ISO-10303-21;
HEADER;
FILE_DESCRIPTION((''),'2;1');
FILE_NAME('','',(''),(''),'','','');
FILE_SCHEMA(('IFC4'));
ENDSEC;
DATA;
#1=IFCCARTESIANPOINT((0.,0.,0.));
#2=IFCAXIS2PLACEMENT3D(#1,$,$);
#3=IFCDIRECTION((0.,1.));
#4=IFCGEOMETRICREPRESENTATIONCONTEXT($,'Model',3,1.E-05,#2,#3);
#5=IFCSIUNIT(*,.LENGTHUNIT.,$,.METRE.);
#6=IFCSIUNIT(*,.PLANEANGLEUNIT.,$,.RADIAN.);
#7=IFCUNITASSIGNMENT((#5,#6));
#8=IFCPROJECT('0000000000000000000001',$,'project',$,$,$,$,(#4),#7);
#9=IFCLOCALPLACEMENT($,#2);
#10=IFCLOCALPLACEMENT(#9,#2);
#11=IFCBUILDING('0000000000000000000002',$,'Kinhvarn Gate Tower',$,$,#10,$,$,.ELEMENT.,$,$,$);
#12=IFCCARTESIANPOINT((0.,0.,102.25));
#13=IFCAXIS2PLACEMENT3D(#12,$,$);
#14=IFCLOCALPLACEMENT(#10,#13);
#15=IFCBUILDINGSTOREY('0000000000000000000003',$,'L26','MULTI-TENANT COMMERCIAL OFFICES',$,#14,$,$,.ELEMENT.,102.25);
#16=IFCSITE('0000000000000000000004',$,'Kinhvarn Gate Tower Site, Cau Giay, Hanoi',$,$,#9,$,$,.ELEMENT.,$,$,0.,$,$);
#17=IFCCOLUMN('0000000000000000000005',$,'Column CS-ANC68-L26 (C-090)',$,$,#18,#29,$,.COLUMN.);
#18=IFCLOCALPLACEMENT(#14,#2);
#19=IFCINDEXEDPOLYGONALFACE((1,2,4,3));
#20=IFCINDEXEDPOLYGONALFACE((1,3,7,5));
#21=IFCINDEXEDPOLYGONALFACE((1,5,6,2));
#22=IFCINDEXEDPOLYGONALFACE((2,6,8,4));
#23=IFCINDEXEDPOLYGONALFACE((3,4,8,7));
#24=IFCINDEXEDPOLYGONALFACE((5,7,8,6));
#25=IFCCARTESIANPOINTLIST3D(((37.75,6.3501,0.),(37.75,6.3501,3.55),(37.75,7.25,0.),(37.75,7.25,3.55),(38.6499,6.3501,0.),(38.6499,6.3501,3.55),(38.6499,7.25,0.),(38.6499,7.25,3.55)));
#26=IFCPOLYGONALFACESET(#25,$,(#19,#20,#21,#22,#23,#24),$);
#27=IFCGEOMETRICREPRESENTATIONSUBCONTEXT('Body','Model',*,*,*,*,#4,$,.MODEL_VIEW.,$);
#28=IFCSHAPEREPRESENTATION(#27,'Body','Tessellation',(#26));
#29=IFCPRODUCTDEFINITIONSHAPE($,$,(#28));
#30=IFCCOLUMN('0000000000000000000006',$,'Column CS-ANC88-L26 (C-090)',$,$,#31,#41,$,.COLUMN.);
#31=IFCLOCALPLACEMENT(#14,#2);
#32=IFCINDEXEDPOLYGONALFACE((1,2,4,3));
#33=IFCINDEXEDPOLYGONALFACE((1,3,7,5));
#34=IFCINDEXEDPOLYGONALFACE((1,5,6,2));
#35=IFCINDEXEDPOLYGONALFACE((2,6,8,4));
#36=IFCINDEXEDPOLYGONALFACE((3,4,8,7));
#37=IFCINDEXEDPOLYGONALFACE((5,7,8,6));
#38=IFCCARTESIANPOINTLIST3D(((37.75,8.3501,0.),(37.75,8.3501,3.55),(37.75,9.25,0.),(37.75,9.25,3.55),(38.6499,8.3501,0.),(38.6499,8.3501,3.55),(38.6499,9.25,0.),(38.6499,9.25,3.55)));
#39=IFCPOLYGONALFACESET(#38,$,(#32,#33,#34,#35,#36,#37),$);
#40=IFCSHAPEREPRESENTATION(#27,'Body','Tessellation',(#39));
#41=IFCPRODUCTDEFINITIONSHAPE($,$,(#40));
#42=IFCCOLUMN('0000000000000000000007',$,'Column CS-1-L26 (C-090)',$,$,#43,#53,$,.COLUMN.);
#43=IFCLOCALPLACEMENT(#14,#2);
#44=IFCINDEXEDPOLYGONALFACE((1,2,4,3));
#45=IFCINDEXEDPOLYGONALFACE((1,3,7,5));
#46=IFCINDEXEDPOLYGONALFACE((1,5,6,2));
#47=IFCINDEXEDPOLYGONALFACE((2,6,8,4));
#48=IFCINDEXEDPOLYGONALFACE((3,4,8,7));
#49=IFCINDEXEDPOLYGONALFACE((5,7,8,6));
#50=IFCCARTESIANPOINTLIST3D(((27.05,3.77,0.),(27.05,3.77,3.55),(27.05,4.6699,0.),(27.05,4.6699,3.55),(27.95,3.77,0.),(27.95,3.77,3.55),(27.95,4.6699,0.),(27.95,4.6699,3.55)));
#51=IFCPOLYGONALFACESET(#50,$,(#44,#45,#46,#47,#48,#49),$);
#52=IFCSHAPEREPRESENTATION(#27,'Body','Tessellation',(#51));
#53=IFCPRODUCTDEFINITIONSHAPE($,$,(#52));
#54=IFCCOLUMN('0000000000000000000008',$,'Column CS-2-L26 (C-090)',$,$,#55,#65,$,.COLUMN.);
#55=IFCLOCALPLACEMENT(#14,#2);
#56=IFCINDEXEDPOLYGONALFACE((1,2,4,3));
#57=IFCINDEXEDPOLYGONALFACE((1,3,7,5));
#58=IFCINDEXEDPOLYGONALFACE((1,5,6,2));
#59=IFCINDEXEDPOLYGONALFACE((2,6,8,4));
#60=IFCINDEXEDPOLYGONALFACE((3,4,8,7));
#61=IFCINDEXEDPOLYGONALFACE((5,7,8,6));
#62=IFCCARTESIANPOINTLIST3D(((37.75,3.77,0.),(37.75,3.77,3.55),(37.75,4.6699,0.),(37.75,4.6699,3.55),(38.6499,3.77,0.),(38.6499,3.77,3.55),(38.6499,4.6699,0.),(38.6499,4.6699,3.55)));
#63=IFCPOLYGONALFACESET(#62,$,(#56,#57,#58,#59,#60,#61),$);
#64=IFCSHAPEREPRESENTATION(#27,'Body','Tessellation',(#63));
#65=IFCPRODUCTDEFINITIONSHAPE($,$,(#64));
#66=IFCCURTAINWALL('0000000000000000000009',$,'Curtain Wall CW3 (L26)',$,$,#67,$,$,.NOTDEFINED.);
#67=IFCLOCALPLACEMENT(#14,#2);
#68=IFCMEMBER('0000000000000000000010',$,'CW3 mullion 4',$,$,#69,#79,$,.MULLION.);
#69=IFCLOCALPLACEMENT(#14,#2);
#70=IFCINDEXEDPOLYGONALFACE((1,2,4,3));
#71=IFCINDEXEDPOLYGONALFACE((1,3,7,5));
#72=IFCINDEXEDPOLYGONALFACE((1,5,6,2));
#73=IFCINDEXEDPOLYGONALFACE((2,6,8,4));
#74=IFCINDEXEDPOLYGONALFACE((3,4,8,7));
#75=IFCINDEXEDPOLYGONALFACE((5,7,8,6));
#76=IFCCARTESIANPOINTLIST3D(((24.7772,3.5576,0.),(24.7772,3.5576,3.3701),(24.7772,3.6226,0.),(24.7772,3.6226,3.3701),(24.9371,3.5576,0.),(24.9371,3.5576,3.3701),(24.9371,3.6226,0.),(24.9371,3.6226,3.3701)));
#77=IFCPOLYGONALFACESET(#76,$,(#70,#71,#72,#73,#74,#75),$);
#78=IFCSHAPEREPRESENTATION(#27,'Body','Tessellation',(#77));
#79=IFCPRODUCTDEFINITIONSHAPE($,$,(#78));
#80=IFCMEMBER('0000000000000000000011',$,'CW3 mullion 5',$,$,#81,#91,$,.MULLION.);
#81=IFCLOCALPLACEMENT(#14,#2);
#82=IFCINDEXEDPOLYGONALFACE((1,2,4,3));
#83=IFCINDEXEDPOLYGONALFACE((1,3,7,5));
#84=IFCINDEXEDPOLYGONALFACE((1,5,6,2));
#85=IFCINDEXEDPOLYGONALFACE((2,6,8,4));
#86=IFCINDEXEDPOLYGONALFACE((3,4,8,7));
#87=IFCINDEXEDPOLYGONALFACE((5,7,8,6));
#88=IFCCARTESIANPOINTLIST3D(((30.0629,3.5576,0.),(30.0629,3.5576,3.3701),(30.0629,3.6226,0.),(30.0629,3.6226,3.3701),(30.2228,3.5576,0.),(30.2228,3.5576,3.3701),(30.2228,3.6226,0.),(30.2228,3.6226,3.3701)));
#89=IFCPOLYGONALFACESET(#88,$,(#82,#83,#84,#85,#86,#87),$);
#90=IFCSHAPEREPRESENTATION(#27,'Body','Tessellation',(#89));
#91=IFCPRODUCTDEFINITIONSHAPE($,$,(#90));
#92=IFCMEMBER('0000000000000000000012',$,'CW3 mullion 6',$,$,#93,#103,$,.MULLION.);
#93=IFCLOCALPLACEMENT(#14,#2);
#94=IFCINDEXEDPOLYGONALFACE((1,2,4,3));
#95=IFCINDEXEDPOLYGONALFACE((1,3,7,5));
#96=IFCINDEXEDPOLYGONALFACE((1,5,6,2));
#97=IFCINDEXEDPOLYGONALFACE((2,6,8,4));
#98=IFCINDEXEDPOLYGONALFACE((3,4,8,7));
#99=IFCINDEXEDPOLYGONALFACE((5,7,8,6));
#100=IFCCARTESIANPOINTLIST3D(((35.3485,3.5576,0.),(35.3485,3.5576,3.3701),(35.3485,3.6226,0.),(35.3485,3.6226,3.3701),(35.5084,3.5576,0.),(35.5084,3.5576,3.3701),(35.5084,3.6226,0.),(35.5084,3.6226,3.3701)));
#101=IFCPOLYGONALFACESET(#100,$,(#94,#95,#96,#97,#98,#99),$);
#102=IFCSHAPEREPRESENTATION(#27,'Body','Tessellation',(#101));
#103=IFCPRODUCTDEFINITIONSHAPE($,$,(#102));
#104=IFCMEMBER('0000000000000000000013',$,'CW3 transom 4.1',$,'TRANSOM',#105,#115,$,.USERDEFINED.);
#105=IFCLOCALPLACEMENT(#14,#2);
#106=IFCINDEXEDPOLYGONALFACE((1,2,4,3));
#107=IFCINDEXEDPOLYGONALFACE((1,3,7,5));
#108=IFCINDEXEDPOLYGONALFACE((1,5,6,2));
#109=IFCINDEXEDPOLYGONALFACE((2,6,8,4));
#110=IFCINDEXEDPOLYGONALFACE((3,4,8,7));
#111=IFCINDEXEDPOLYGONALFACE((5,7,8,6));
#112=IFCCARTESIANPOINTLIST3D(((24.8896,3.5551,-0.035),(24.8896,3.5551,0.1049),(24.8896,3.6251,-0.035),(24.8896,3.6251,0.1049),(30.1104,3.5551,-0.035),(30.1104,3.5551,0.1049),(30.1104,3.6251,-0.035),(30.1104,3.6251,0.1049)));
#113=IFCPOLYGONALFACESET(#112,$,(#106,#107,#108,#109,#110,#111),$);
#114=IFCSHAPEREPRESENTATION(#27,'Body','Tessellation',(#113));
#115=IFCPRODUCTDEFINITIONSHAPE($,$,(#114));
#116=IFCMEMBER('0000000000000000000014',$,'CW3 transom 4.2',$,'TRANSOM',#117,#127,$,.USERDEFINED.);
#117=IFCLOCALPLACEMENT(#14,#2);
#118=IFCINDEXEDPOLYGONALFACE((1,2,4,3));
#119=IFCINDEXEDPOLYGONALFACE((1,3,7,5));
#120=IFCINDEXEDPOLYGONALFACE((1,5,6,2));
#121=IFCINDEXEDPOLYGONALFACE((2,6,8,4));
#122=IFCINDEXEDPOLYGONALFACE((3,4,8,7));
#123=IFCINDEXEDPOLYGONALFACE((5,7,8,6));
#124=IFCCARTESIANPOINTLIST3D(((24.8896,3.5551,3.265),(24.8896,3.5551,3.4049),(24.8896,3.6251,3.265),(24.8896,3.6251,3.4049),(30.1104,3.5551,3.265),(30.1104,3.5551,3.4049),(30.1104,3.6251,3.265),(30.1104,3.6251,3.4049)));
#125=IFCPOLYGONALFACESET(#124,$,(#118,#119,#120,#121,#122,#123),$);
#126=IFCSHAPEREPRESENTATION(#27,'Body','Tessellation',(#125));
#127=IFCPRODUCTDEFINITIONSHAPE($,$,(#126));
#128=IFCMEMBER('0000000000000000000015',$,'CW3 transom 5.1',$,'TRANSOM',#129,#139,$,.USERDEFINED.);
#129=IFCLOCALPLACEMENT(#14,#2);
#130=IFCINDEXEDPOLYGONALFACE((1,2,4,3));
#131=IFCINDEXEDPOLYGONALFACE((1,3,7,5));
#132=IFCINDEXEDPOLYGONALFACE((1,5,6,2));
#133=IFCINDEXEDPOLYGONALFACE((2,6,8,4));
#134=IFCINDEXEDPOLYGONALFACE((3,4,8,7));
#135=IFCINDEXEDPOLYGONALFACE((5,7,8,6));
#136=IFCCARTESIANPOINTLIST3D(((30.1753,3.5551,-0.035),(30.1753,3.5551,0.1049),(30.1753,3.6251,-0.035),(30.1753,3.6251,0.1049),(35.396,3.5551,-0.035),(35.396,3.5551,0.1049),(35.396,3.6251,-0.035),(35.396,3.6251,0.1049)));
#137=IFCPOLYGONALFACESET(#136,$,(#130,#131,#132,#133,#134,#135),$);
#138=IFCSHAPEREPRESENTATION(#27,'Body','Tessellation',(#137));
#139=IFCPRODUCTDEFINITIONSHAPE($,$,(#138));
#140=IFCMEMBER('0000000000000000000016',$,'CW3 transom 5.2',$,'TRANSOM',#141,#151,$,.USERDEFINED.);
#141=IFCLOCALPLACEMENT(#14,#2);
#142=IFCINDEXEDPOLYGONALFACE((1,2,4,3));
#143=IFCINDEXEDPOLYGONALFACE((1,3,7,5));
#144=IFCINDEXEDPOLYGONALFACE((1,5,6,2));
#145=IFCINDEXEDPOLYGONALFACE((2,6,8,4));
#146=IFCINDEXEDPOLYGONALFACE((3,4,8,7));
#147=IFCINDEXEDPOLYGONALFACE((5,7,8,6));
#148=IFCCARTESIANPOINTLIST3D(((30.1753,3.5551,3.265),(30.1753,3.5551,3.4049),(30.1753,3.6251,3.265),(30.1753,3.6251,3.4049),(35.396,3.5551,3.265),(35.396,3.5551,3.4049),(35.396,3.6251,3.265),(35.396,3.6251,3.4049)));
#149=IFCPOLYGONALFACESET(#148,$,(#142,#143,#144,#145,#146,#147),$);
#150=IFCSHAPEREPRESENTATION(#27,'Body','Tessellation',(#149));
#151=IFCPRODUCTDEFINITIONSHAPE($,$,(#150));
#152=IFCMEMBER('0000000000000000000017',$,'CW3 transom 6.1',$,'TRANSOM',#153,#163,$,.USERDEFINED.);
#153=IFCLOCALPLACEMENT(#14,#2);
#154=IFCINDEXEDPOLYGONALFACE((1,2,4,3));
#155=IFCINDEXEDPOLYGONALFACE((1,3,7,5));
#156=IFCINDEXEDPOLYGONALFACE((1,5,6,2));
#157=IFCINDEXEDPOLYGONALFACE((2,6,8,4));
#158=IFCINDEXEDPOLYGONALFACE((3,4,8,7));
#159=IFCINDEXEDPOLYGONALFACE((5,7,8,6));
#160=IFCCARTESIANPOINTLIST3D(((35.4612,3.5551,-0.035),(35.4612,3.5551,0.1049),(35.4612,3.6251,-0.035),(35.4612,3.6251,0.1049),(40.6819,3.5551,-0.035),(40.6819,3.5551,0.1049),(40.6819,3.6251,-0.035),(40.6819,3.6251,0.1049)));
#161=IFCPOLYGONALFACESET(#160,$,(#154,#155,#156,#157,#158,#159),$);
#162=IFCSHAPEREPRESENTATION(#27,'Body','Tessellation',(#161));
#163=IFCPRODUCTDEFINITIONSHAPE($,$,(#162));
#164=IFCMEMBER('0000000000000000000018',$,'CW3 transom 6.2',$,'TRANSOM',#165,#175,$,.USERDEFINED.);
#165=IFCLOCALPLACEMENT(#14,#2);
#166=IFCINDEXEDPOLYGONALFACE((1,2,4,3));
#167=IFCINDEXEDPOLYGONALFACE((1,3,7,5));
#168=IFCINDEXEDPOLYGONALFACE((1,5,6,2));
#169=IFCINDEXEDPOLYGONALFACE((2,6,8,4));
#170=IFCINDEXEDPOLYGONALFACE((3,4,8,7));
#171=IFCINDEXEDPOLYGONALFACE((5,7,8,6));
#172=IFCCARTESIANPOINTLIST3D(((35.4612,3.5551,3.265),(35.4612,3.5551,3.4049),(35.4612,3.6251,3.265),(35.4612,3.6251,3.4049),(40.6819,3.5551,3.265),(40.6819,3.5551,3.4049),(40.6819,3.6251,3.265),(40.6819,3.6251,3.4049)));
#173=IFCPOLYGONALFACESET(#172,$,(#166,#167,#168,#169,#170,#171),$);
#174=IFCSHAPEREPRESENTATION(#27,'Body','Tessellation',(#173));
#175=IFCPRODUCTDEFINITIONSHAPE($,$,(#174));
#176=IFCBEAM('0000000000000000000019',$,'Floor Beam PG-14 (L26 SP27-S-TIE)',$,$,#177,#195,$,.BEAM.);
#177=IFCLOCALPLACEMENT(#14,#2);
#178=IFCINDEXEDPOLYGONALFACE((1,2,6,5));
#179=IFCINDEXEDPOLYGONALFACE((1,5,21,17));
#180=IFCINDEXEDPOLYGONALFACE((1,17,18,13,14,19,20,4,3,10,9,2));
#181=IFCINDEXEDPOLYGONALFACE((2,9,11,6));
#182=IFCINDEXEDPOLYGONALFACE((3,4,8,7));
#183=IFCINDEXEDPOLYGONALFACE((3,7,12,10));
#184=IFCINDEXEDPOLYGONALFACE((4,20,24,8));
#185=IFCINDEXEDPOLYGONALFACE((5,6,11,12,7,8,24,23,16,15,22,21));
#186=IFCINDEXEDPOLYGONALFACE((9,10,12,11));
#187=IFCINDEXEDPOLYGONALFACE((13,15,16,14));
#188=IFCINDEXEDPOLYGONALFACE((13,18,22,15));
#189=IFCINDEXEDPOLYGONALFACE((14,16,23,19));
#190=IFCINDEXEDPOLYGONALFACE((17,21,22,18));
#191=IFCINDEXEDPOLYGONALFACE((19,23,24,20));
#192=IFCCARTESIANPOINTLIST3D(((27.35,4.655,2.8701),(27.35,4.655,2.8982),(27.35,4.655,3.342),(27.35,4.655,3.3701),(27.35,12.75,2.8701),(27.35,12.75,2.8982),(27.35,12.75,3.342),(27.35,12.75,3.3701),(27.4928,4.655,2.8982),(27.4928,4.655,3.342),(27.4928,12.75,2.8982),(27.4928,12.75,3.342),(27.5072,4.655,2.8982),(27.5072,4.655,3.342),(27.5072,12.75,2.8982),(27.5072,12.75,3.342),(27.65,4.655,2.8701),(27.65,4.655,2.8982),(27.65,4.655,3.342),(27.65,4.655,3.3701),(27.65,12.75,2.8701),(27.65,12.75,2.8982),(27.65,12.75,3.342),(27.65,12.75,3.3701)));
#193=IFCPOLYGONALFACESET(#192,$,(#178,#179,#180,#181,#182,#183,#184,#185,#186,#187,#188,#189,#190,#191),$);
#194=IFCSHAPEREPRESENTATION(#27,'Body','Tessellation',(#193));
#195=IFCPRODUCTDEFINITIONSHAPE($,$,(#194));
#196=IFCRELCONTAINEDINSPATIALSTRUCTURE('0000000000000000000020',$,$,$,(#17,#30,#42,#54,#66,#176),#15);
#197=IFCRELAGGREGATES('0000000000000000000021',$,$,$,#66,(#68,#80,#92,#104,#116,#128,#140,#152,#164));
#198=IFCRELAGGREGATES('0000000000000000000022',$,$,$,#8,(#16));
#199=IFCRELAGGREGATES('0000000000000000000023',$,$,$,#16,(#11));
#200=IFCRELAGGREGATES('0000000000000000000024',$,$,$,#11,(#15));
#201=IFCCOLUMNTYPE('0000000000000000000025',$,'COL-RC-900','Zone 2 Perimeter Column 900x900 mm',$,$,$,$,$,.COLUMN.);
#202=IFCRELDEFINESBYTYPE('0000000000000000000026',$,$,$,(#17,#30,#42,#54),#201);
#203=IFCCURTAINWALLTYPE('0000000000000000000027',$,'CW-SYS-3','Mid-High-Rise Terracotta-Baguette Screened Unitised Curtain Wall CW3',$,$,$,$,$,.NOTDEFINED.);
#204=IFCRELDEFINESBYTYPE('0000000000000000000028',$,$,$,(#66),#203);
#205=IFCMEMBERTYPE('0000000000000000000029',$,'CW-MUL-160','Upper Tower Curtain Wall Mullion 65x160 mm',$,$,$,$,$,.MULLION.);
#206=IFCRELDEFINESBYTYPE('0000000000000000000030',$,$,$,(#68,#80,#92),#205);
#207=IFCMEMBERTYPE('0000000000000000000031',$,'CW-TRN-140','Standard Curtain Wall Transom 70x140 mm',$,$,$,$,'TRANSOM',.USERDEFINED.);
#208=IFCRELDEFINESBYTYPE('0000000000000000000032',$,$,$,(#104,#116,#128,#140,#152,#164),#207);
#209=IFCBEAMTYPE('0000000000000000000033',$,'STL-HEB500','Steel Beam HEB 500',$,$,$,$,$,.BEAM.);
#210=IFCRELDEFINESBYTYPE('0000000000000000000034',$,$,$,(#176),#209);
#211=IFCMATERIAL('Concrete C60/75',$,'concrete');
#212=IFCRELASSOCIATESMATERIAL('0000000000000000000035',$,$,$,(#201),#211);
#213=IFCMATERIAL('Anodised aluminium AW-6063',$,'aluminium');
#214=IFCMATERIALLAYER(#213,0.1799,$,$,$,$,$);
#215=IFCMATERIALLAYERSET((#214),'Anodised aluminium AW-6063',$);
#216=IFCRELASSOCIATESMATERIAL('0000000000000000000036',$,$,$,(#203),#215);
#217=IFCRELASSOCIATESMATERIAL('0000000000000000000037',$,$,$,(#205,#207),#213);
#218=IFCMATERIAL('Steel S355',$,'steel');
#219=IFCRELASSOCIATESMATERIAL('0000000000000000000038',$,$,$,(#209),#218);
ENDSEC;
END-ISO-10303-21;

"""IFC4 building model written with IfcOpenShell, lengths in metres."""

from ifc_helpers import new_model, si_unit, direction, frame, origin, origin_2d, place, context, subcontext, project, spatial, rectangle, i_section, extrude, material, layer, layer_set, material_profile, profile_set, type_object, element, aggregate, save


model = new_model("IFC4")

# Units and contexts
model_context = context("Model", 3, precision=1e-05, world=origin(), true_north=direction((0.0, 1.0)))
body_context = subcontext(model_context, "Body", "Model", "MODEL_VIEW")
ifc_project = project(units=[si_unit("LENGTHUNIT", "METRE"), si_unit("PLANEANGLEUNIT", "RADIAN")], contexts=[model_context])

# Site, building, storey
site_placement = place(None, origin())
site = spatial("IfcSite", under=ifc_project, at=site_placement, Name="Kinhvarn Gate Tower Site, Cau Giay, Hanoi", CompositionType="ELEMENT", RefElevation=0.0)
building_placement = place(site_placement, origin())
building = spatial("IfcBuilding", under=site, at=building_placement, Name="Kinhvarn Gate Tower", CompositionType="ELEMENT")
storey_placement = place(building_placement, frame((0.0, 0.0, 102.25)))
storey = spatial("IfcBuildingStorey", under=building, at=storey_placement, Name="L26", Description="MULTI-TENANT COMMERCIAL OFFICES", CompositionType="ELEMENT", Elevation=102.25)

# Columns
ifc_material_1 = material(Name="Concrete C60/75", Category="concrete")
ifc_material_profile_1 = material_profile(ifc_material_1, rectangle(XDim=0.8999, YDim=0.8999, at=origin_2d()), Name="RC 900x900")
ifc_profile_set_1 = profile_set([ifc_material_profile_1], Name="Concrete C60/75")
column_type = type_object("IfcColumnType", Name="COL-RC-900", Description="Zone 2 Perimeter Column 900x900 mm", PredefinedType="COLUMN", material=ifc_profile_set_1)
for number, where, z_axis, x_axis, name in (
    (1, (38.2, 6.8, 0.0), (0.0, 0.0, 1.0), (1.0, 0.0, 0.0), "Column CS-ANC68-L26 (C-090)"),
    (2, (38.2, 8.8, 0.0), (0.0, 0.0, 1.0), (1.0, 0.0, 0.0), "Column CS-ANC88-L26 (C-090)"),
    (3, (27.5, 4.22, 0.0), (0.0, 0.0, 1.0), (1.0, 0.0, 0.0), "Column CS-1-L26 (C-090)"),
    (4, (38.2, 4.22, 0.0), (0.0, 0.0, 1.0), (1.0, 0.0, 0.0), "Column CS-2-L26 (C-090)"),
):
    element("IfcColumn", number, at=place(storey_placement, frame(where, z_axis=z_axis, x_axis=x_axis)), inside=storey, type_object=column_type, Name=name, PredefinedType="COLUMN", context=body_context, shape_type="SweptSolid", body=[
        extrude(rectangle(XDim=0.8999, YDim=0.8999, at=origin_2d()), origin(), (0.0, 0.0, 1.0), 3.55),
    ])

# Curtain wall, members
ifc_material_2 = material(Name="Anodised aluminium AW-6063", Category="aluminium")
ifc_layer_1 = layer(ifc_material_2, 0.1799)
ifc_layer_set_1 = layer_set([ifc_layer_1], Name="Anodised aluminium AW-6063")
curtain_wall_type = type_object("IfcCurtainWallType", Name="CW-SYS-3", Description="Mid-High-Rise Terracotta-Baguette Screened Unitised Curtain Wall CW3", PredefinedType="NOTDEFINED", material=ifc_layer_set_1)
curtain_wall_placement = place(storey_placement, origin())
curtain_wall = element("IfcCurtainWall", 5, at=curtain_wall_placement, inside=storey, type_object=curtain_wall_type, Name="Curtain Wall CW3 (L26)", PredefinedType="NOTDEFINED")
ifc_material_profile_2 = material_profile(ifc_material_2, rectangle(XDim=0.0649, YDim=0.1599, at=origin_2d()), Name="ALU 65x160")
ifc_profile_set_2 = profile_set([ifc_material_profile_2], Name="Anodised aluminium AW-6063")
member_type_1 = type_object("IfcMemberType", Name="CW-MUL-160", Description="Upper Tower Curtain Wall Mullion 65x160 mm", PredefinedType="MULLION", material=ifc_profile_set_2)
member_1_placement = place(storey_placement, frame((24.8572, 3.5901, 0.0), z_axis=(0.0, 0.0, 1.0), x_axis=(0.0, 1.0, 0.0)))
member_1 = element("IfcMember", 6, at=member_1_placement, type_object=member_type_1, Name="CW3 mullion 4", PredefinedType="MULLION", context=body_context, shape_type="SweptSolid", body=[
    extrude(rectangle(XDim=0.0649, YDim=0.1599, at=origin_2d()), origin(), (0.0, 0.0, 1.0), 3.3701),
])
member_2_placement = place(storey_placement, frame((30.1428, 3.5901, 0.0), z_axis=(0.0, 0.0, 1.0), x_axis=(0.0, 1.0, 0.0)))
member_2 = element("IfcMember", 7, at=member_2_placement, type_object=member_type_1, Name="CW3 mullion 5", PredefinedType="MULLION", context=body_context, shape_type="SweptSolid", body=[
    extrude(rectangle(XDim=0.0649, YDim=0.1599, at=origin_2d()), origin(), (0.0, 0.0, 1.0), 3.3701),
])
member_3_placement = place(storey_placement, frame((35.4285, 3.5901, 0.0), z_axis=(0.0, 0.0, 1.0), x_axis=(0.0, 1.0, 0.0)))
member_3 = element("IfcMember", 8, at=member_3_placement, type_object=member_type_1, Name="CW3 mullion 6", PredefinedType="MULLION", context=body_context, shape_type="SweptSolid", body=[
    extrude(rectangle(XDim=0.0649, YDim=0.1599, at=origin_2d()), origin(), (0.0, 0.0, 1.0), 3.3701),
])
ifc_material_profile_3 = material_profile(ifc_material_2, rectangle(XDim=0.0701, YDim=0.1399, at=origin_2d()), Name="ALU 70x140")
ifc_profile_set_3 = profile_set([ifc_material_profile_3], Name="Anodised aluminium AW-6063")
member_type_2 = type_object("IfcMemberType", Name="CW-TRN-140", Description="Standard Curtain Wall Transom 70x140 mm", ElementType="TRANSOM", PredefinedType="USERDEFINED", material=ifc_profile_set_3)
member_4_placement = place(storey_placement, frame((24.8896, 3.5901, 0.0349), z_axis=(1.0, 0.0, 0.0), x_axis=(0.0, 1.0, 0.0)))
member_4 = element("IfcMember", 9, at=member_4_placement, type_object=member_type_2, Name="CW3 transom 4.1", ObjectType="TRANSOM", PredefinedType="USERDEFINED", context=body_context, shape_type="SweptSolid", body=[
    extrude(rectangle(XDim=0.0701, YDim=0.1399, at=origin_2d()), origin(), (0.0, 0.0, 1.0), 5.2207),
])
member_5_placement = place(storey_placement, frame((24.8896, 3.5901, 3.335), z_axis=(1.0, 0.0, 0.0), x_axis=(0.0, 1.0, 0.0)))
member_5 = element("IfcMember", 10, at=member_5_placement, type_object=member_type_2, Name="CW3 transom 4.2", ObjectType="TRANSOM", PredefinedType="USERDEFINED", context=body_context, shape_type="SweptSolid", body=[
    extrude(rectangle(XDim=0.0701, YDim=0.1399, at=origin_2d()), origin(), (0.0, 0.0, 1.0), 5.2207),
])
member_6_placement = place(storey_placement, frame((30.1753, 3.5901, 0.0349), z_axis=(1.0, 0.0, 0.0), x_axis=(0.0, 1.0, 0.0)))
member_6 = element("IfcMember", 11, at=member_6_placement, type_object=member_type_2, Name="CW3 transom 5.1", ObjectType="TRANSOM", PredefinedType="USERDEFINED", context=body_context, shape_type="SweptSolid", body=[
    extrude(rectangle(XDim=0.0701, YDim=0.1399, at=origin_2d()), origin(), (0.0, 0.0, 1.0), 5.2207),
])
member_7_placement = place(storey_placement, frame((30.1753, 3.5901, 3.335), z_axis=(1.0, 0.0, 0.0), x_axis=(0.0, 1.0, 0.0)))
member_7 = element("IfcMember", 12, at=member_7_placement, type_object=member_type_2, Name="CW3 transom 5.2", ObjectType="TRANSOM", PredefinedType="USERDEFINED", context=body_context, shape_type="SweptSolid", body=[
    extrude(rectangle(XDim=0.0701, YDim=0.1399, at=origin_2d()), origin(), (0.0, 0.0, 1.0), 5.2207),
])
member_8_placement = place(storey_placement, frame((35.4612, 3.5901, 0.0349), z_axis=(1.0, 0.0, 0.0), x_axis=(0.0, 1.0, 0.0)))
member_8 = element("IfcMember", 13, at=member_8_placement, type_object=member_type_2, Name="CW3 transom 6.1", ObjectType="TRANSOM", PredefinedType="USERDEFINED", context=body_context, shape_type="SweptSolid", body=[
    extrude(rectangle(XDim=0.0701, YDim=0.1399, at=origin_2d()), origin(), (0.0, 0.0, 1.0), 5.2207),
])
member_9_placement = place(storey_placement, frame((35.4612, 3.5901, 3.335), z_axis=(1.0, 0.0, 0.0), x_axis=(0.0, 1.0, 0.0)))
member_9 = element("IfcMember", 14, at=member_9_placement, type_object=member_type_2, Name="CW3 transom 6.2", ObjectType="TRANSOM", PredefinedType="USERDEFINED", context=body_context, shape_type="SweptSolid", body=[
    extrude(rectangle(XDim=0.0701, YDim=0.1399, at=origin_2d()), origin(), (0.0, 0.0, 1.0), 5.2207),
])

# Beam
ifc_material_3 = material(Name="Steel S355", Category="steel")
ifc_material_profile_4 = material_profile(ifc_material_3, i_section(OverallWidth=0.3, OverallDepth=0.5, WebThickness=0.0144, FlangeThickness=0.0281, at=origin_2d()), Name="HEB 500")
ifc_profile_set_4 = profile_set([ifc_material_profile_4], Name="Steel S355")
beam_type_1 = type_object("IfcBeamType", Name="STL-HEB500", Description="Steel Beam HEB 500", PredefinedType="BEAM", material=ifc_profile_set_4)
beam_1_placement = place(storey_placement, frame((27.5, 4.655, 3.1201), z_axis=(0.0, 1.0, 0.0), x_axis=(-1.0, 0.0, 0.0)))
element("IfcBeam", 15, at=beam_1_placement, inside=storey, type_object=beam_type_1, Name="Floor Beam PG-14 (L26 SP27-S-TIE)", PredefinedType="BEAM", context=body_context, shape_type="SweptSolid", body=[
    extrude(i_section(OverallWidth=0.3, OverallDepth=0.5, WebThickness=0.0144, FlangeThickness=0.0281, at=origin_2d()), origin(), (0.0, 0.0, 1.0), 8.095),
])

aggregate(curtain_wall, [member_1, member_2, member_3, member_4, member_5, member_6, member_7, member_8, member_9])

save(model, "model.ifc")
